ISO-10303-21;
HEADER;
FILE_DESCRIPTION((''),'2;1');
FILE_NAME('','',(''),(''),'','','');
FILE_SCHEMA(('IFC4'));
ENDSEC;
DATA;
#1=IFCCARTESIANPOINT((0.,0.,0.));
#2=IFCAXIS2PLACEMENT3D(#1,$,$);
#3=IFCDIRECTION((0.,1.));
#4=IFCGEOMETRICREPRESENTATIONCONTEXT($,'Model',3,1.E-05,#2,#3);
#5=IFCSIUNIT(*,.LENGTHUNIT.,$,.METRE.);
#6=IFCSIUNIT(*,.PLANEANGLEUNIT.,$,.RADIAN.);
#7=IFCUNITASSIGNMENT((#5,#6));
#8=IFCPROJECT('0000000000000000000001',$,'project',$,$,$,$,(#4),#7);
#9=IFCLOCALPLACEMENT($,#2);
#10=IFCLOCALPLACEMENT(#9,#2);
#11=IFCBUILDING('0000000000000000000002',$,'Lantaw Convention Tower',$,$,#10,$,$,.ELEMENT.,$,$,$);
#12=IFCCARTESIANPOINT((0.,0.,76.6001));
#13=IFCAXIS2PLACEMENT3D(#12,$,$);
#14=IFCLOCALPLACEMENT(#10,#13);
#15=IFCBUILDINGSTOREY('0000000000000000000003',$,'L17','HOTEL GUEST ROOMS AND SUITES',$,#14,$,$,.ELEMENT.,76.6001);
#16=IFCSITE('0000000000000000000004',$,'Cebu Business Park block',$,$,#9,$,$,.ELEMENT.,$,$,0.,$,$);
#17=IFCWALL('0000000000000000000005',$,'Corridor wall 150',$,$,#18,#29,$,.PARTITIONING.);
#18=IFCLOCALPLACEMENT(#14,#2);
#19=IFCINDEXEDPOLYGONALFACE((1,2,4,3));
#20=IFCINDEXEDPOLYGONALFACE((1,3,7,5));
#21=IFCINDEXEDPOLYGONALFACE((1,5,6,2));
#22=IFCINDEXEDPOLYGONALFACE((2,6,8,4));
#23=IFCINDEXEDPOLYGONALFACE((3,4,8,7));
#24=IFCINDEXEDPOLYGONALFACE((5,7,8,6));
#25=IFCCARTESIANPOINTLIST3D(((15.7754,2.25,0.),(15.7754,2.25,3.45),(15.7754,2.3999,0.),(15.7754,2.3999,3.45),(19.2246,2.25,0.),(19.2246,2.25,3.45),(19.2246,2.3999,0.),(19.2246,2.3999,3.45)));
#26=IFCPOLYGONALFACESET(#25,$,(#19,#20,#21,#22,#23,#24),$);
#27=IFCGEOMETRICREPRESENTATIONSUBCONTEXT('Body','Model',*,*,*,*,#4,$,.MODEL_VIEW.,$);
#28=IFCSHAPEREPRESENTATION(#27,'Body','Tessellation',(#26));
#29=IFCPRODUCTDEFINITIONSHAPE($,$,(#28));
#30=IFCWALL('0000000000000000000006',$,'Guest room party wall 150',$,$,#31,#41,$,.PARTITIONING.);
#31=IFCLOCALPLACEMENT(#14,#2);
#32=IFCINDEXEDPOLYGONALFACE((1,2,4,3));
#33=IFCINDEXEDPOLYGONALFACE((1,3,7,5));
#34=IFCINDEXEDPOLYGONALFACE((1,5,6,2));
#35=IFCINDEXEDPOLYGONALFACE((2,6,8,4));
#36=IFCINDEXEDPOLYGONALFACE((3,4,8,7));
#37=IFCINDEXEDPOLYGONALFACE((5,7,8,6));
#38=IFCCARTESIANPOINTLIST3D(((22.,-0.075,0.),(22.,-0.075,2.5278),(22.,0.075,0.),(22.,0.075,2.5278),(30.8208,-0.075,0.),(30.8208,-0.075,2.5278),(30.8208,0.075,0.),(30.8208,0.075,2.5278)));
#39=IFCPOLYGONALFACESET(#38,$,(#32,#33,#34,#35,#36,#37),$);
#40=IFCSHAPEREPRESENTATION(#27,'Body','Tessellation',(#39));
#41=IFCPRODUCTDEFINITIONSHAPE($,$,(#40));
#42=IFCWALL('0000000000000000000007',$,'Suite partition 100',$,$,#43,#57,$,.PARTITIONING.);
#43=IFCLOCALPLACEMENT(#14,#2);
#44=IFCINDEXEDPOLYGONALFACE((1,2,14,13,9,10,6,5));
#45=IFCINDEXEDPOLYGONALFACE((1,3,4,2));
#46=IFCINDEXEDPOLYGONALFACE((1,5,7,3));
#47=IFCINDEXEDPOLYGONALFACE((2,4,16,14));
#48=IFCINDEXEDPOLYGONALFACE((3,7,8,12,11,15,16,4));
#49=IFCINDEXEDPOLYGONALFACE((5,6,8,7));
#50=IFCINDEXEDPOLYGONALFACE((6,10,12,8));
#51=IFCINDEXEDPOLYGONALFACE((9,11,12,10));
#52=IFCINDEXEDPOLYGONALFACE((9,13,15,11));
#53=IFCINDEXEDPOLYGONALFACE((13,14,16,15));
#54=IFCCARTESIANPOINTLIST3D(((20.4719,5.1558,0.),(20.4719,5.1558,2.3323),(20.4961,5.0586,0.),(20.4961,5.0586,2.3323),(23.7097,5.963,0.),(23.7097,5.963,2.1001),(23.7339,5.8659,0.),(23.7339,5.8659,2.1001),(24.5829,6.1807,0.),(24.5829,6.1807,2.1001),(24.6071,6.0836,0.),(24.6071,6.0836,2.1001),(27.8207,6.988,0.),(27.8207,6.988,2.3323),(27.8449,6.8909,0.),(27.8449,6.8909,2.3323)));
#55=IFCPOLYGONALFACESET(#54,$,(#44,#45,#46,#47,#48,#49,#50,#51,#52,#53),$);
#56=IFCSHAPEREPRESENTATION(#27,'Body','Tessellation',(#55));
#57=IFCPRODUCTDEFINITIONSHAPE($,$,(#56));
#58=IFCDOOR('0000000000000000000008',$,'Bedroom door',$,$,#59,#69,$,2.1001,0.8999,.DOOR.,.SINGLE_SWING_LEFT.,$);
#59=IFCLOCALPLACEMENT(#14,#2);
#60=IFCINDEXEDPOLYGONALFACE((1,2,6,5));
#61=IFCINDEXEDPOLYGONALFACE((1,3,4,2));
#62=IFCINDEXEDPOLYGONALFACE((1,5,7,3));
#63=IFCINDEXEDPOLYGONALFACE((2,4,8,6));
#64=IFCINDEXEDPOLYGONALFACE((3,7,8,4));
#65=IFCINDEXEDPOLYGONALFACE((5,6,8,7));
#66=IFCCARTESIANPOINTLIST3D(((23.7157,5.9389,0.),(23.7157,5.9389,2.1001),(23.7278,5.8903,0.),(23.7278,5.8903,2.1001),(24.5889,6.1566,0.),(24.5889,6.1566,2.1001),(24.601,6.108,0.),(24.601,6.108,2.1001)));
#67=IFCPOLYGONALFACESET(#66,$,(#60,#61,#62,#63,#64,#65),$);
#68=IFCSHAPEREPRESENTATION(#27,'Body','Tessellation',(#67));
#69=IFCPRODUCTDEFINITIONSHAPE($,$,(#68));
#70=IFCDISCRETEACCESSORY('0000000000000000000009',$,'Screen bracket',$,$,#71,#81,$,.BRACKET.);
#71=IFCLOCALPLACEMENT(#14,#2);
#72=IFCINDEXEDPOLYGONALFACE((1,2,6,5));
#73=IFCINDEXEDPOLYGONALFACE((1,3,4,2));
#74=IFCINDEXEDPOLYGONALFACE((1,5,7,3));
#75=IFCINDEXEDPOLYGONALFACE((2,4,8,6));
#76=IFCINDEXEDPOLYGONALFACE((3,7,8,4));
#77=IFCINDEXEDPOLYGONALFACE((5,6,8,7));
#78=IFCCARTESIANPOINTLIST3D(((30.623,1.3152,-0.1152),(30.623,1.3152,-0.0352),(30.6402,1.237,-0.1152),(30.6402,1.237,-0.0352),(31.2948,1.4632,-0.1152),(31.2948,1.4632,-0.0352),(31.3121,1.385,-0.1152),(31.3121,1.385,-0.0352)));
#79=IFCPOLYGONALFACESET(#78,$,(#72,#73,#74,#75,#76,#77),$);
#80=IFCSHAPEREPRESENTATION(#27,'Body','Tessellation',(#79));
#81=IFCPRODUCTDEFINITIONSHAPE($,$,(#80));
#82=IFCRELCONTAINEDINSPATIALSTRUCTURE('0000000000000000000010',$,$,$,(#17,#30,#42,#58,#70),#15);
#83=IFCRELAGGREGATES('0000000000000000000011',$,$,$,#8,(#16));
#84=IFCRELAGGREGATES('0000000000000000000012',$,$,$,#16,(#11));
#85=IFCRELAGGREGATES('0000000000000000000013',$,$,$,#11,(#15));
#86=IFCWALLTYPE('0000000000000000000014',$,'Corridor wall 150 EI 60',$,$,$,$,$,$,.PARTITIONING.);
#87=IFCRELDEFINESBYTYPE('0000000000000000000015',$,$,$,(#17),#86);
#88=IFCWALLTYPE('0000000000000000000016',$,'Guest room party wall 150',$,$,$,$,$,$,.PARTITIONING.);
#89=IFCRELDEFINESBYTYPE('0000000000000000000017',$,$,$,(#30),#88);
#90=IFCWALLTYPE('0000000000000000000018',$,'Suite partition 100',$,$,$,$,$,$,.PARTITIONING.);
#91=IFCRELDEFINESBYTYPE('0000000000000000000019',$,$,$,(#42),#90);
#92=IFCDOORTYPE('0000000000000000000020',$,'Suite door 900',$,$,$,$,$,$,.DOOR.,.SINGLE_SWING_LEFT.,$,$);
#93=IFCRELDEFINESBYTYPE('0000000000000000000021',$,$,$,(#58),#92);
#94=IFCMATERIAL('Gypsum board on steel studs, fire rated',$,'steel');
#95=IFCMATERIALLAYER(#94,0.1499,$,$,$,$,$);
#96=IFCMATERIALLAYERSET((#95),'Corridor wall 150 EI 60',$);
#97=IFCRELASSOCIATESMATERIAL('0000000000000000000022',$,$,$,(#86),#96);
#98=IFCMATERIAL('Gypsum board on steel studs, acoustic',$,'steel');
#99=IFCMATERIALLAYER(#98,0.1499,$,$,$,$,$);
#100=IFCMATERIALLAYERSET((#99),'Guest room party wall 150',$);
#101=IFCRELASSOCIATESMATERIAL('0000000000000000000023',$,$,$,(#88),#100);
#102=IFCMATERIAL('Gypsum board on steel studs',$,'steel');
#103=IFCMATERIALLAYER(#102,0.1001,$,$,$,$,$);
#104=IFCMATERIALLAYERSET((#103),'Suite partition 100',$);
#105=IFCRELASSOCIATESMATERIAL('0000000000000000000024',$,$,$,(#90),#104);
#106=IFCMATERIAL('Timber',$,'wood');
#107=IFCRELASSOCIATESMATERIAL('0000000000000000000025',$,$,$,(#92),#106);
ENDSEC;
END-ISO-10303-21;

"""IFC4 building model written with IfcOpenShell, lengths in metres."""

from ifc_helpers import new_model, si_unit, direction, frame, frame_2d, origin, origin_2d, place, context, subcontext, project, spatial, rectangle, extrude, material, layer, layer_set, type_object, element, fill, save


model = new_model("IFC4")

# Units and contexts
model_context = context("Model", 3, precision=1e-05, world=origin(), true_north=direction((0.0, 1.0)))
body_context = subcontext(model_context, "Body", "Model", "MODEL_VIEW")
ifc_project = project(units=[si_unit("LENGTHUNIT", "METRE"), si_unit("PLANEANGLEUNIT", "RADIAN")], contexts=[model_context])

# Site, building, storey
site_placement = place(None, origin())
site = spatial("IfcSite", under=ifc_project, at=site_placement, Name="Cebu Business Park block", CompositionType="ELEMENT", RefElevation=0.0)
building_placement = place(site_placement, origin())
building = spatial("IfcBuilding", under=site, at=building_placement, Name="Lantaw Convention Tower", CompositionType="ELEMENT")
storey_placement = place(building_placement, frame((0.0, 0.0, 76.6001)))
storey = spatial("IfcBuildingStorey", under=building, at=storey_placement, Name="L17", Description="HOTEL GUEST ROOMS AND SUITES", CompositionType="ELEMENT", Elevation=76.6001)

# Shared definitions
ifc_material_1 = material(Name="Timber", Category="wood")

# Shared definitions
ifc_material_2 = material(Name="Gypsum board on steel studs, fire rated", Category="steel")
ifc_layer_1 = layer(ifc_material_2, 0.1499)
ifc_layer_set_1 = layer_set([ifc_layer_1], Name="Corridor wall 150 EI 60")
wall_type_1 = type_object("IfcWallType", Name="Corridor wall 150 EI 60", PredefinedType="PARTITIONING", material=ifc_layer_set_1)

# Walls
wall_1_placement = place(storey_placement, frame((15.7754, 2.325, 0.0), z_axis=(0.0, 0.0, 1.0), x_axis=(1.0, 0.0, 0.0)))
element("IfcWall", 1, at=wall_1_placement, inside=storey, type_object=wall_type_1, Name="Corridor wall 150", PredefinedType="PARTITIONING", context=body_context, shape_type="SweptSolid", body=[
    extrude(rectangle(XDim=3.4492, YDim=0.1499, at=frame_2d((1.7246, 0.0))), origin(), (0.0, 0.0, 1.0), 3.45),
])
ifc_material_3 = material(Name="Gypsum board on steel studs, acoustic", Category="steel")
ifc_layer_2 = layer(ifc_material_3, 0.1499)
ifc_layer_set_2 = layer_set([ifc_layer_2], Name="Guest room party wall 150")
wall_type_2 = type_object("IfcWallType", Name="Guest room party wall 150", PredefinedType="PARTITIONING", material=ifc_layer_set_2)
wall_2_placement = place(storey_placement, frame((30.8208, 0.0, 0.0), z_axis=(0.0, 0.0, 1.0), x_axis=(-1.0, 0.0, 0.0)))
element("IfcWall", 2, at=wall_2_placement, inside=storey, type_object=wall_type_2, Name="Guest room party wall 150", PredefinedType="PARTITIONING", context=body_context, shape_type="SweptSolid", body=[
    extrude(rectangle(XDim=8.8208, YDim=0.1499, at=frame_2d((4.4104, 0.0))), origin(), (0.0, 0.0, 1.0), 2.5278),
])

# Wall, opening, door
ifc_material_4 = material(Name="Gypsum board on steel studs", Category="steel")
ifc_layer_3 = layer(ifc_material_4, 0.1001)
ifc_layer_set_3 = layer_set([ifc_layer_3], Name="Suite partition 100")
wall_type_3 = type_object("IfcWallType", Name="Suite partition 100", PredefinedType="PARTITIONING", material=ifc_layer_set_3)
wall_3_placement = place(storey_placement, frame((27.8328, 6.9395, 0.0), z_axis=(0.0, 0.0, 1.0), x_axis=(-0.970296, -0.241921, 0.0)))
wall_3 = element("IfcWall", 3, at=wall_3_placement, inside=storey, type_object=wall_type_3, Name="Suite partition 100", PredefinedType="PARTITIONING", context=body_context, shape_type="SweptSolid", body=[
    extrude(rectangle(XDim=7.5737, YDim=0.1001, at=frame_2d((3.7869, 0.0))), origin(), (0.0, 0.0, 1.0), 2.3323),
])
opening_1_placement = place(wall_3_placement, frame((3.3369, 0.0, 0.0)))
opening_1 = element("IfcOpeningElement", 4, at=opening_1_placement, cuts=wall_3, PredefinedType="OPENING", context=body_context, shape_type="SweptSolid", body=[
    extrude(rectangle(XDim=0.8999, YDim=2.1001, at=frame_2d((0.45, 1.05))), frame((0.0, 0.0601, 0.0), z_axis=(0.0, -1.0, 0.0), x_axis=(1.0, 0.0, 0.0)), (0.0, 0.0, 1.0), 0.1201),
])
door_type_1 = type_object("IfcDoorType", Name="Suite door 900", OperationType="SINGLE_SWING_LEFT", PredefinedType="DOOR", material=ifc_material_1)
door_1_placement = place(opening_1_placement, origin())
door_1 = element("IfcDoor", 5, at=door_1_placement, inside=storey, type_object=door_type_1, Name="Bedroom door", OperationType="SINGLE_SWING_LEFT", OverallHeight=2.1001, OverallWidth=0.8999, PredefinedType="DOOR", context=body_context, shape_type="SweptSolid", body=[
    extrude(rectangle(XDim=0.8999, YDim=2.1001, at=frame_2d((0.45, 1.05))), frame((0.0, 0.0249, 0.0), z_axis=(0.0, -1.0, 0.0), x_axis=(1.0, 0.0, 0.0)), (0.0, 0.0, 1.0), 0.05),
])
fill(opening_1, door_1)

# Discrete accessory
discrete_accessory_placement = place(storey_placement, frame((30.9675, 1.3501, -0.1152), z_axis=(0.0, 0.0, 1.0), x_axis=(-0.215246, 0.97656, 0.0)))
element("IfcDiscreteAccessory", 6, at=discrete_accessory_placement, inside=storey, Name="Screen bracket", PredefinedType="BRACKET", context=body_context, shape_type="SweptSolid", body=[
    extrude(rectangle(XDim=0.0801, YDim=0.688, at=origin_2d()), origin(), (0.0, 0.0, 1.0), 0.0801),
])

save(model, "model.ifc")
